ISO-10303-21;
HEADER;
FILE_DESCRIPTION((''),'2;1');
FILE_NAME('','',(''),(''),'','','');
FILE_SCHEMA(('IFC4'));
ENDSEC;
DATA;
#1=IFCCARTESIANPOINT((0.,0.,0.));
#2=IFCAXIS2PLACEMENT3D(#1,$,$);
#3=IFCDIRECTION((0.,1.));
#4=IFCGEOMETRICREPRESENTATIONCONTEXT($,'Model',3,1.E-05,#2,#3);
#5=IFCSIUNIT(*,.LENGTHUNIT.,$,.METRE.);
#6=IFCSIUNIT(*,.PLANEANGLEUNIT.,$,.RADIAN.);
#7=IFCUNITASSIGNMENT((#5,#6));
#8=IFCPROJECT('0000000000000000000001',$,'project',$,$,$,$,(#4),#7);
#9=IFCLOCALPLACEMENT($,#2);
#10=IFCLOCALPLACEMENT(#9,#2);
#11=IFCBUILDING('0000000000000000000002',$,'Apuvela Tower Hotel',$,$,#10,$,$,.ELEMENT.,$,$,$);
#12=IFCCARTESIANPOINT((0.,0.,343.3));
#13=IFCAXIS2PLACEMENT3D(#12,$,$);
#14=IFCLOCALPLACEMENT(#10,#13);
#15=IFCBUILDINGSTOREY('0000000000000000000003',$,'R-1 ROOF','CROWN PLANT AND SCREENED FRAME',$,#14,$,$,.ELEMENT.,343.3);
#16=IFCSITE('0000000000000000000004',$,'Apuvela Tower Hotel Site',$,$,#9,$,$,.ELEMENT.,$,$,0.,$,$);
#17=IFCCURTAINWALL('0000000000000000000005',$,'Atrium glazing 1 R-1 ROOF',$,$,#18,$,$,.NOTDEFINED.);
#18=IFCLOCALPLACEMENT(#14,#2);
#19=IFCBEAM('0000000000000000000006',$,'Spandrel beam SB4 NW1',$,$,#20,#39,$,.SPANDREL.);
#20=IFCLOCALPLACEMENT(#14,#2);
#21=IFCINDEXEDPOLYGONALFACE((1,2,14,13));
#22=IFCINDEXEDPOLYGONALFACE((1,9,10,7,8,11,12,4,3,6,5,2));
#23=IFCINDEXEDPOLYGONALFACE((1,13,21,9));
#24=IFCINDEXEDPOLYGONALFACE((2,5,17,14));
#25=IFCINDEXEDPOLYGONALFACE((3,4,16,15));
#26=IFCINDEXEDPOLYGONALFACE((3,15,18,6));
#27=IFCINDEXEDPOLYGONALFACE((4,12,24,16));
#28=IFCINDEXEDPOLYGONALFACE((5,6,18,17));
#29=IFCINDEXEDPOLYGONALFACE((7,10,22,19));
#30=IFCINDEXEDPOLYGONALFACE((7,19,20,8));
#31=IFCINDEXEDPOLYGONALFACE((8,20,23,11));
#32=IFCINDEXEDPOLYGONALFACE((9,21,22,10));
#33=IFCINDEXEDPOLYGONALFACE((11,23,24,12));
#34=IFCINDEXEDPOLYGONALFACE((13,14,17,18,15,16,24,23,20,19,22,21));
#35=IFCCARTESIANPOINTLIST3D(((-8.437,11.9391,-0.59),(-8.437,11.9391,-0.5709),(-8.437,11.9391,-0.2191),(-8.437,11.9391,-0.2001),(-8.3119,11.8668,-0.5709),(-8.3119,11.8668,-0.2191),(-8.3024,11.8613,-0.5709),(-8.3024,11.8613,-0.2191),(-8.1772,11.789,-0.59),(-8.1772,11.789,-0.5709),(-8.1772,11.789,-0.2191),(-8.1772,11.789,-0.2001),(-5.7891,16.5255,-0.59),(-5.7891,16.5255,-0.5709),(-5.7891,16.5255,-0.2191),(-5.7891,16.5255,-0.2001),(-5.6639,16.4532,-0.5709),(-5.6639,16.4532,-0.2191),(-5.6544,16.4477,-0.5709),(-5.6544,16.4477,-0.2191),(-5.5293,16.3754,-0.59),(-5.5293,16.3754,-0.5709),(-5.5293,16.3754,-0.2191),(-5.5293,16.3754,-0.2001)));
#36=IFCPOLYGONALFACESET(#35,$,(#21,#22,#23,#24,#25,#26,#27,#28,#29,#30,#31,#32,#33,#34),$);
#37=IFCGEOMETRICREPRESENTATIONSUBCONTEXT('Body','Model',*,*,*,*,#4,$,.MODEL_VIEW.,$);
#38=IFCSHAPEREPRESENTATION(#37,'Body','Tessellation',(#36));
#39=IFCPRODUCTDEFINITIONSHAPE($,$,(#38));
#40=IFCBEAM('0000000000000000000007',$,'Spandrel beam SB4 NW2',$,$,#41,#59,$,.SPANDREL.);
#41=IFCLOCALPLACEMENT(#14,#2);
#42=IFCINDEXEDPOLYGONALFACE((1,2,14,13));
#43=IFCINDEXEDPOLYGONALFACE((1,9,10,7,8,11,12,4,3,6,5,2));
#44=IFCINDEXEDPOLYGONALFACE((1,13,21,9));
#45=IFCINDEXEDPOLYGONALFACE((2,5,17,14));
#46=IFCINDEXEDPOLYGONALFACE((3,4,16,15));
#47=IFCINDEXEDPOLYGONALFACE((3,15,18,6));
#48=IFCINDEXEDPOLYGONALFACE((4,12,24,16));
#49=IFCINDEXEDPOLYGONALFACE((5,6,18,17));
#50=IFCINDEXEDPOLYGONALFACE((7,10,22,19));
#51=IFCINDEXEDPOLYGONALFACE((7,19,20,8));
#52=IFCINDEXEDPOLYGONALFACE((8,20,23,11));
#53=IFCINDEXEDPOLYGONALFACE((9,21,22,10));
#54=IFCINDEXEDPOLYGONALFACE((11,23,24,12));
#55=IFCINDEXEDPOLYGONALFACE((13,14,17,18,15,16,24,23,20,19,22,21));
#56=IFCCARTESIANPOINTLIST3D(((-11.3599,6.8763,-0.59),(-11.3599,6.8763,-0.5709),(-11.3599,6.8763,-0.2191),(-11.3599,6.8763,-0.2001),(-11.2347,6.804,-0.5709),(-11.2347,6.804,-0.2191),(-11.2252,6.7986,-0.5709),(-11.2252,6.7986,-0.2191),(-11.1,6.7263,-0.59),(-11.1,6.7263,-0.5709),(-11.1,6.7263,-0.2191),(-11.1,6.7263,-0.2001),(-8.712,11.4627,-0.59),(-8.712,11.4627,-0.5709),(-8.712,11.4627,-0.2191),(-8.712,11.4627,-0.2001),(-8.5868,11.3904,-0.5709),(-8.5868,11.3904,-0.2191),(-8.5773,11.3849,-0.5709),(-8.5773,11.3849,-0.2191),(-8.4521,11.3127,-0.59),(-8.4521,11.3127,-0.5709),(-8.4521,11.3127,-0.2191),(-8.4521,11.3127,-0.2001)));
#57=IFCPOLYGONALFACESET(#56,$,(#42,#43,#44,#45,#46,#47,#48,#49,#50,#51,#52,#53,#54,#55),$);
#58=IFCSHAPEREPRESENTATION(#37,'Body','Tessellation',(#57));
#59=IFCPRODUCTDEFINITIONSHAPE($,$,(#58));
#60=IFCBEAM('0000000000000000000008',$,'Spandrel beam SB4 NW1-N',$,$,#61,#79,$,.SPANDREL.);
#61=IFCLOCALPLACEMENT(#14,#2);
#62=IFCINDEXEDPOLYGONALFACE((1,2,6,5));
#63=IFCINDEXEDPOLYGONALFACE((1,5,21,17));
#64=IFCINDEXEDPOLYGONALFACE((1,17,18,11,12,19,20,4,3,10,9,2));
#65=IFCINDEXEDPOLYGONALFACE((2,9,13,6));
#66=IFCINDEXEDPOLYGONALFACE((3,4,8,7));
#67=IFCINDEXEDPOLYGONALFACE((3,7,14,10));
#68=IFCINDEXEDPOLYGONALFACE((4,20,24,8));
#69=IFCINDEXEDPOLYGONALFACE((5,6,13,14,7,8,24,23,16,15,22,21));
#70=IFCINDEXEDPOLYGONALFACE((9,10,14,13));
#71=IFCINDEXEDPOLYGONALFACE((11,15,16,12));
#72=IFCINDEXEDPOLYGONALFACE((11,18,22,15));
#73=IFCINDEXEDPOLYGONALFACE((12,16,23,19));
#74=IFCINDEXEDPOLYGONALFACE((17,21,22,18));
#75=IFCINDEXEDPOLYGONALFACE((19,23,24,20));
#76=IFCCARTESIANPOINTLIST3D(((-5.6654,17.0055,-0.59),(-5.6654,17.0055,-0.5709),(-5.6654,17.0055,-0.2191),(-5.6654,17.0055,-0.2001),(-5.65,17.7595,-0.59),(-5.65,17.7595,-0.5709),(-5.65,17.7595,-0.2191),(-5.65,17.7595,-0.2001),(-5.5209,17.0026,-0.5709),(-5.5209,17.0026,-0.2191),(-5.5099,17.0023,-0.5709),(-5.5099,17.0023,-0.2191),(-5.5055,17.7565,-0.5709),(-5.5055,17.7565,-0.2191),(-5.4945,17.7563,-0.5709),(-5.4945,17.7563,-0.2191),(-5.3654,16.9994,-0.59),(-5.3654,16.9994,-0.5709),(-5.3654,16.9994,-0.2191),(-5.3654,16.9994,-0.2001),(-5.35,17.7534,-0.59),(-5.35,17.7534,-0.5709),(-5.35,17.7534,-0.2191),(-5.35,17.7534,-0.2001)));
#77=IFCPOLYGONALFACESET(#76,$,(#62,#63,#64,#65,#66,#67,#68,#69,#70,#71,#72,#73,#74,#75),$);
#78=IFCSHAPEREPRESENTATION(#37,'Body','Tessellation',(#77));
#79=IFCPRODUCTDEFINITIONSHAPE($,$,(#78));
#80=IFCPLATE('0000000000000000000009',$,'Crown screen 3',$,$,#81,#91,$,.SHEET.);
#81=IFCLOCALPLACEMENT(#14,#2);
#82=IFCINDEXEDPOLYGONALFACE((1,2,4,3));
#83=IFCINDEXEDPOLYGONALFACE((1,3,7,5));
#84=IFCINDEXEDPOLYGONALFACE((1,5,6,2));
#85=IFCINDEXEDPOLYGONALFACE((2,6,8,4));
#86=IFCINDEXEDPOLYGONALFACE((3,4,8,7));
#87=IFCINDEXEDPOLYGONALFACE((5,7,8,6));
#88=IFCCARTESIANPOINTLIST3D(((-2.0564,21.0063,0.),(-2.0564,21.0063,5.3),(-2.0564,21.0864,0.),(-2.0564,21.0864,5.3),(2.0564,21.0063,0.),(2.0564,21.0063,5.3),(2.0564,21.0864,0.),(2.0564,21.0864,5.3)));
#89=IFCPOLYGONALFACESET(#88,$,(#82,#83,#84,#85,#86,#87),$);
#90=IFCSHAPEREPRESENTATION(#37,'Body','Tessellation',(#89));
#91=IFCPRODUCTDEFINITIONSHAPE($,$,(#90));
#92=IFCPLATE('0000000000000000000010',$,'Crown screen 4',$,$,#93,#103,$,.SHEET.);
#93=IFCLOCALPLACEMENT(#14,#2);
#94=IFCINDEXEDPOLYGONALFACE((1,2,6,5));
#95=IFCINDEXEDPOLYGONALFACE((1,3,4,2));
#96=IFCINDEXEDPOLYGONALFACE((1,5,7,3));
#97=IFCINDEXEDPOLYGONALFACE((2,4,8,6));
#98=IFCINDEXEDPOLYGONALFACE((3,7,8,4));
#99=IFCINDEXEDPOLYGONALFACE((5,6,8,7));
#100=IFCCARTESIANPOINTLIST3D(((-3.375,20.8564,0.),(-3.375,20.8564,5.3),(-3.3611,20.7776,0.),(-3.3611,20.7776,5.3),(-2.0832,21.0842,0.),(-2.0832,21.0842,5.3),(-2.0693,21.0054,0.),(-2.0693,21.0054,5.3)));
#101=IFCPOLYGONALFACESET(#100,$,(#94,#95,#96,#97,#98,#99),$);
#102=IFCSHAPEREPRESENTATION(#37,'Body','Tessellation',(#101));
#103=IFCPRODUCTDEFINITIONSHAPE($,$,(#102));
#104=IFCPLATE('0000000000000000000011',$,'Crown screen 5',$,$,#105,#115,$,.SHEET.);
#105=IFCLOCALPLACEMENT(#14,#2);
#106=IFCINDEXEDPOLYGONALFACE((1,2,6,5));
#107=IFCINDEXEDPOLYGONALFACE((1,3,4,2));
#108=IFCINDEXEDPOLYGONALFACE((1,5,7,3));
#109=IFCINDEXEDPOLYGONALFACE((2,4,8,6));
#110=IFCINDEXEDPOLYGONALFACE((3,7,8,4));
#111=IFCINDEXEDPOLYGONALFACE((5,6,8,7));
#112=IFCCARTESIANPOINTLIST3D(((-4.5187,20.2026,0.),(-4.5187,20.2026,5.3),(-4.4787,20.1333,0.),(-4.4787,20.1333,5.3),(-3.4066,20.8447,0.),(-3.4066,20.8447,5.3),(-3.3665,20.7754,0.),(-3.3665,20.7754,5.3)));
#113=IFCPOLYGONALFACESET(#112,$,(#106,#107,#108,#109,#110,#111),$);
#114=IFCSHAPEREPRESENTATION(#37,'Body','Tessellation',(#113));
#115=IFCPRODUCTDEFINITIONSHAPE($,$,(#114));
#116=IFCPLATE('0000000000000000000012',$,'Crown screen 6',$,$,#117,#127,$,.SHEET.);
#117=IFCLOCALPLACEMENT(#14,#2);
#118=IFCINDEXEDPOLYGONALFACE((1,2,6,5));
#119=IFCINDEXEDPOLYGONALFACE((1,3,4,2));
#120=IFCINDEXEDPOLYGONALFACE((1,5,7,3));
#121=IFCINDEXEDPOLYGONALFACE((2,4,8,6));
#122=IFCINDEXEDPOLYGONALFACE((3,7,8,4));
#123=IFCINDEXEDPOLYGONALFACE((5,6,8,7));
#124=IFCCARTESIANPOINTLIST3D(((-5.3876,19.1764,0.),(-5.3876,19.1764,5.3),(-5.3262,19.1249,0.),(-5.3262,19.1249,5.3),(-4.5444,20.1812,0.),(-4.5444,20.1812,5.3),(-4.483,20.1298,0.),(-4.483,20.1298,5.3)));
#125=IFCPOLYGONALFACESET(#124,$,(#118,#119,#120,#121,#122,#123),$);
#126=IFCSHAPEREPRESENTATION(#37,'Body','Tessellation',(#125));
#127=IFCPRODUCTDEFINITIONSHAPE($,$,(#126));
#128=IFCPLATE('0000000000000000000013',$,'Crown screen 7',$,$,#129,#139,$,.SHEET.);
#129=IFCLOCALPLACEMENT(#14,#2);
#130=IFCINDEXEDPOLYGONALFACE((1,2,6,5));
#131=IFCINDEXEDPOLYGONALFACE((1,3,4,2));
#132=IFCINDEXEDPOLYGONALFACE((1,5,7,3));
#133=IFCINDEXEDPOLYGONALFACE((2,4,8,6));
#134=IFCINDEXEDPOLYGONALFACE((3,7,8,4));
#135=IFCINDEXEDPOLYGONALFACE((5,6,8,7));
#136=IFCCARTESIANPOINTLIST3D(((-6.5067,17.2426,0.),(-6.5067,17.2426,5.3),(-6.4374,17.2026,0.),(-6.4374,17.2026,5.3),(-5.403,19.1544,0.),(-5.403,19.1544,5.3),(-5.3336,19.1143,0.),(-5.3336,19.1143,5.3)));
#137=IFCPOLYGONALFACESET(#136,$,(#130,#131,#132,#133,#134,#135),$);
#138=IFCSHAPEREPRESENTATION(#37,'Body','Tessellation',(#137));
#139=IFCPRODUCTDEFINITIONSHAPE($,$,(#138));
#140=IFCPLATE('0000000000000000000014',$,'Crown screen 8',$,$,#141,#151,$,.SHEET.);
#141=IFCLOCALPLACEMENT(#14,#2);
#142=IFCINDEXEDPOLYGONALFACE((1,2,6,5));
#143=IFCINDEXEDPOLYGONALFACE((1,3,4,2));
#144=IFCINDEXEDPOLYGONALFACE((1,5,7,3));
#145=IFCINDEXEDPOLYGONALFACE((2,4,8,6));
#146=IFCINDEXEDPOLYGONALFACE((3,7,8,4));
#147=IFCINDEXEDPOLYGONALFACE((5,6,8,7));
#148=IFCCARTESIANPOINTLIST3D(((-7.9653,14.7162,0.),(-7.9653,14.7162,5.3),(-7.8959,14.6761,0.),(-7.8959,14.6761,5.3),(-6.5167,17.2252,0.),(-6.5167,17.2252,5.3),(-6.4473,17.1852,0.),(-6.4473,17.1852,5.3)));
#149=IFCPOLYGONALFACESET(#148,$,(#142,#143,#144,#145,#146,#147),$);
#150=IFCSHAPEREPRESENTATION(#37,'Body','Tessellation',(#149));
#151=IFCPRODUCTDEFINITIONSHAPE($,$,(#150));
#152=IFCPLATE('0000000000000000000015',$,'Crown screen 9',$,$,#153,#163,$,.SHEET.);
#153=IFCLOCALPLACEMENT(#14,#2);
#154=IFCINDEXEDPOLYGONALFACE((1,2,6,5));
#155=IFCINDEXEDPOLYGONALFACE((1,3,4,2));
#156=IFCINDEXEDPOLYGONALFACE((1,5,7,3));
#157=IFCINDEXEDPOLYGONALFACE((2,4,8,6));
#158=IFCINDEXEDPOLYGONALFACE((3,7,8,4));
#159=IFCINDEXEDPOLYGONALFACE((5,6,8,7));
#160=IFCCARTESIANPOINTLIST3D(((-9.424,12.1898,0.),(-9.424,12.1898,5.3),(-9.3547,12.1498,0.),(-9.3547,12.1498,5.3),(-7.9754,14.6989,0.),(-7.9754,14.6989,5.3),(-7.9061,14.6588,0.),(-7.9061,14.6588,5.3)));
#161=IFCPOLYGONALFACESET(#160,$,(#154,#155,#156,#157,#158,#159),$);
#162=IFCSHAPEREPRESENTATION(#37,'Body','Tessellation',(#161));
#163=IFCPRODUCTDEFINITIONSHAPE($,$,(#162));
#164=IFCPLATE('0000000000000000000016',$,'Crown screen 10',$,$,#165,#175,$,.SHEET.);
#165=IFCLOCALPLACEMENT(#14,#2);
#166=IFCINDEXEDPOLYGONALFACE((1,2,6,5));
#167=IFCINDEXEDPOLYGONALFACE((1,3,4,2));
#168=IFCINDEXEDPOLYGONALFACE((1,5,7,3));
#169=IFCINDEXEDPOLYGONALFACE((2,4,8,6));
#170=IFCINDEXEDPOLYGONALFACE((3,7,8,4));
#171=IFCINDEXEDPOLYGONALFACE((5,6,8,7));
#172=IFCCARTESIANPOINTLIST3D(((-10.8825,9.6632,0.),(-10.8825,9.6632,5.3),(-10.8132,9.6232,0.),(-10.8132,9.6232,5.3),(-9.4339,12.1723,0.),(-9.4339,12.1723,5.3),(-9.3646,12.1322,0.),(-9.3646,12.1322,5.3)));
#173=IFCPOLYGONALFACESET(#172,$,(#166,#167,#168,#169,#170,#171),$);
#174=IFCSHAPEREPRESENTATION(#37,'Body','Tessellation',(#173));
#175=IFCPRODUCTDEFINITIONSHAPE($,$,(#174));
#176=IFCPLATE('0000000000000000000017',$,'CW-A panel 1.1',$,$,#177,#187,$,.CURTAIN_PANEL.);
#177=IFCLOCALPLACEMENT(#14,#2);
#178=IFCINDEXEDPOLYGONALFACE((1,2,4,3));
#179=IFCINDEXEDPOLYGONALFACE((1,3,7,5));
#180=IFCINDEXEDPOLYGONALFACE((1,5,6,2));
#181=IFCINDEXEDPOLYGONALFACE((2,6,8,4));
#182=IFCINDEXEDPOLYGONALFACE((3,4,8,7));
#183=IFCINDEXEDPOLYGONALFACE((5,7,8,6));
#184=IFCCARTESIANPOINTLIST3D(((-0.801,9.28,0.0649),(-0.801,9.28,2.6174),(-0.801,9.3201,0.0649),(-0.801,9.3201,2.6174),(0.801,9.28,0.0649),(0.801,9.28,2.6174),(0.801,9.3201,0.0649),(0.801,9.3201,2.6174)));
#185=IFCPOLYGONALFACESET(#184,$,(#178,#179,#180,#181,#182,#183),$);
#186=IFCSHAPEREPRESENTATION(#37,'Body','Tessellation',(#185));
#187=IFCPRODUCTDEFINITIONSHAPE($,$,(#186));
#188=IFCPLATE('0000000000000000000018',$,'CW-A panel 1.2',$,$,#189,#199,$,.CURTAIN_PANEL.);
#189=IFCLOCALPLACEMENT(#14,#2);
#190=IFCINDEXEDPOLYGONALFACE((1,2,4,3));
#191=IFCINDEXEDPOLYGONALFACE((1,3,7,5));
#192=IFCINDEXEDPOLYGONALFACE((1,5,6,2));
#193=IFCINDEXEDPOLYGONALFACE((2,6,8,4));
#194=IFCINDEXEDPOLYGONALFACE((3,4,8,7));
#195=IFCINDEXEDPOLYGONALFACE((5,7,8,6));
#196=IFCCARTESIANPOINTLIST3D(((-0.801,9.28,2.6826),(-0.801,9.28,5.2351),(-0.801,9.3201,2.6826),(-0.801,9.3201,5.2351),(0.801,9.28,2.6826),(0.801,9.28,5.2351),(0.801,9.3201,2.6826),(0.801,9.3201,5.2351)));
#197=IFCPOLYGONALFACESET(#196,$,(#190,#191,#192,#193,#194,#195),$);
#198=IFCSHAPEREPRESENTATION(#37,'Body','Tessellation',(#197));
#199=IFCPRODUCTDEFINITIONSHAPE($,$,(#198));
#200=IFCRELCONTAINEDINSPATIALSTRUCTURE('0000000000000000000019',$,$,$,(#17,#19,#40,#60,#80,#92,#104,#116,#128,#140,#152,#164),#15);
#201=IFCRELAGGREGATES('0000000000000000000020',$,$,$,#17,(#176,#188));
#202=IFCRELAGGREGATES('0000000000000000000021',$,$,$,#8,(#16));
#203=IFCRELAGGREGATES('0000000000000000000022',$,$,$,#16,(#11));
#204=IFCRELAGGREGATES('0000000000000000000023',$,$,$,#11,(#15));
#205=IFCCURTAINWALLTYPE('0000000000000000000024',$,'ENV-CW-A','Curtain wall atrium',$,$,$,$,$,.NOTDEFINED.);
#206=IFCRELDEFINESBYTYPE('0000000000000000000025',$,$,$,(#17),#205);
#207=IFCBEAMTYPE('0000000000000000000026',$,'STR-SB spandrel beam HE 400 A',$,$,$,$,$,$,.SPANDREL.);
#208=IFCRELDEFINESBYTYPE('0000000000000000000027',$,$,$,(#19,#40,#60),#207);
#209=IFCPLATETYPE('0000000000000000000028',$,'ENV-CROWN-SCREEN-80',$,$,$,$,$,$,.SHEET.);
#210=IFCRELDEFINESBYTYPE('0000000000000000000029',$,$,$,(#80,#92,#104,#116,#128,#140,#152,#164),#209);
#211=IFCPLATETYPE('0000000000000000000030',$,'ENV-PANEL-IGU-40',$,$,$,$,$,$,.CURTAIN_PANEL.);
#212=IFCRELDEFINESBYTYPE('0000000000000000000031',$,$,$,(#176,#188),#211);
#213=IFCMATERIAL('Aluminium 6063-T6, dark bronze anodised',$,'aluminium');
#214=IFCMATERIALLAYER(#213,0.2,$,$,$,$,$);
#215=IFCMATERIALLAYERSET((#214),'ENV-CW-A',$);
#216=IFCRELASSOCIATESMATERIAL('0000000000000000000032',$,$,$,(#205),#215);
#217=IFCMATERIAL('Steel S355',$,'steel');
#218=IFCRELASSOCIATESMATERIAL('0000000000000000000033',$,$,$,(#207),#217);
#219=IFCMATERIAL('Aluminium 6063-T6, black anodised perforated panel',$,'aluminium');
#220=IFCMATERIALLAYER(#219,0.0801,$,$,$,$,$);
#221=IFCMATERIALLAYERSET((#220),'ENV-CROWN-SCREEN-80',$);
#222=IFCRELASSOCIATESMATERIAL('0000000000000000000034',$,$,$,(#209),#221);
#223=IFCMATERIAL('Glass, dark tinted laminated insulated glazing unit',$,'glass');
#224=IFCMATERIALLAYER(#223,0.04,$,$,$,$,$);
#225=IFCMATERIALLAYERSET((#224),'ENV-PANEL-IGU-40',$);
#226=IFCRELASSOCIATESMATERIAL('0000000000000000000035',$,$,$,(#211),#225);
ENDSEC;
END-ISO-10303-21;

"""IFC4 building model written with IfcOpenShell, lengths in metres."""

from ifc_helpers import new_model, si_unit, direction, frame, origin, origin_2d, place, context, subcontext, project, spatial, rectangle, i_section, extrude, material, layer, layer_set, material_profile, profile_set, type_object, element, aggregate, save


model = new_model("IFC4")

# Units and contexts
model_context = context("Model", 3, precision=1e-05, world=origin(), true_north=direction((0.0, 1.0)))
body_context = subcontext(model_context, "Body", "Model", "MODEL_VIEW")
ifc_project = project(units=[si_unit("LENGTHUNIT", "METRE"), si_unit("PLANEANGLEUNIT", "RADIAN")], contexts=[model_context])

# Site, building, storey
site_placement = place(None, origin())
site = spatial("IfcSite", under=ifc_project, at=site_placement, Name="Apuvela Tower Hotel Site", CompositionType="ELEMENT", RefElevation=0.0)
building_placement = place(site_placement, origin())
building = spatial("IfcBuilding", under=site, at=building_placement, Name="Apuvela Tower Hotel", CompositionType="ELEMENT")
storey_placement = place(building_placement, frame((0.0, 0.0, 343.3)))
storey = spatial("IfcBuildingStorey", under=building, at=storey_placement, Name="R-1 ROOF", Description="CROWN PLANT AND SCREENED FRAME", CompositionType="ELEMENT", Elevation=343.3)

# Curtain wall
ifc_material_1 = material(Name="Aluminium 6063-T6, dark bronze anodised", Category="aluminium")
ifc_layer_1 = layer(ifc_material_1, 0.2)
ifc_layer_set_1 = layer_set([ifc_layer_1], Name="ENV-CW-A")
curtain_wall_type = type_object("IfcCurtainWallType", Name="ENV-CW-A", Description="Curtain wall atrium", PredefinedType="NOTDEFINED", material=ifc_layer_set_1)
curtain_wall_1_placement = place(storey_placement, origin())
curtain_wall_1 = element("IfcCurtainWall", 1, at=curtain_wall_1_placement, inside=storey, type_object=curtain_wall_type, Name="Atrium glazing 1 R-1 ROOF", PredefinedType="NOTDEFINED")

# Beams
ifc_material_2 = material(Name="Steel S355", Category="steel")
ifc_material_profile_1 = material_profile(ifc_material_2, i_section(OverallWidth=0.3, OverallDepth=0.3899, WebThickness=0.011, FlangeThickness=0.019, at=origin_2d()), Name="HE 400 A")
ifc_profile_set_1 = profile_set([ifc_material_profile_1], Name="Steel S355")
beam_type_1 = type_object("IfcBeamType", Name="STR-SB spandrel beam HE 400 A", PredefinedType="SPANDREL", material=ifc_profile_set_1)
for number, where, z_axis, x_axis, name in (
    (2, (-5.6592, 16.4504, -0.395), (-0.499996, -0.866027, 0.0), (0.866027, -0.499996, 0.0), "Spandrel beam SB4 NW1"),
    (3, (-8.582, 11.3877, -0.395), (-0.499996, -0.866027, 0.0), (0.866027, -0.499996, 0.0), "Spandrel beam SB4 NW2"),
):
    element("IfcBeam", number, at=place(storey_placement, frame(where, z_axis=z_axis, x_axis=x_axis)), inside=storey, type_object=beam_type_1, Name=name, PredefinedType="SPANDREL", context=body_context, shape_type="SweptSolid", body=[
        extrude(i_section(OverallWidth=0.3, OverallDepth=0.3899, WebThickness=0.011, FlangeThickness=0.019, at=origin_2d()), origin(), (0.0, 0.0, 1.0), 5.2959),
    ])
beam_1_placement = place(storey_placement, frame((-5.5154, 17.0024, -0.395), z_axis=(0.020397, 0.999792, 0.0), x_axis=(-0.999792, 0.020397, 0.0)))
element("IfcBeam", 4, at=beam_1_placement, inside=storey, type_object=beam_type_1, Name="Spandrel beam SB4 NW1-N", PredefinedType="SPANDREL", context=body_context, shape_type="SweptSolid", body=[
    extrude(i_section(OverallWidth=0.3, OverallDepth=0.3899, WebThickness=0.011, FlangeThickness=0.019, at=origin_2d()), origin(), (0.0, 0.0, 1.0), 0.7542),
])

# Plates
ifc_material_3 = material(Name="Aluminium 6063-T6, black anodised perforated panel", Category="aluminium")
ifc_layer_2 = layer(ifc_material_3, 0.0801)
ifc_layer_set_2 = layer_set([ifc_layer_2], Name="ENV-CROWN-SCREEN-80")
plate_type_1 = type_object("IfcPlateType", Name="ENV-CROWN-SCREEN-80", PredefinedType="SHEET", material=ifc_layer_set_2)
plate_1_placement = place(storey_placement, frame((0.0, 21.0464, 0.0), z_axis=(0.0, 0.0, 1.0), x_axis=(-1.0, 0.0, 0.0)))
element("IfcPlate", 5, at=plate_1_placement, inside=storey, type_object=plate_type_1, Name="Crown screen 3", PredefinedType="SHEET", context=body_context, shape_type="SweptSolid", body=[
    extrude(rectangle(XDim=4.1128, YDim=0.0801, at=origin_2d()), origin(), (0.0, 0.0, 1.0), 5.3),
])
plate_2_placement = place(storey_placement, frame((-2.7222, 20.9309, 0.0), z_axis=(0.0, 0.0, 1.0), x_axis=(-0.984808, -0.173648, 0.0)))
element("IfcPlate", 6, at=plate_2_placement, inside=storey, type_object=plate_type_1, Name="Crown screen 4", PredefinedType="SHEET", context=body_context, shape_type="SweptSolid", body=[
    extrude(rectangle(XDim=1.3118, YDim=0.0801, at=origin_2d()), origin(), (0.0, 0.0, 1.0), 5.3),
])
plate_3_placement = place(storey_placement, frame((-3.9426, 20.489, 0.0), z_axis=(0.0, 0.0, 1.0), x_axis=(-0.866025, -0.5, 0.0)))
element("IfcPlate", 7, at=plate_3_placement, inside=storey, type_object=plate_type_1, Name="Crown screen 5", PredefinedType="SHEET", context=body_context, shape_type="SweptSolid", body=[
    extrude(rectangle(XDim=1.2842, YDim=0.0801, at=origin_2d()), origin(), (0.0, 0.0, 1.0), 5.3),
])
plate_4_placement = place(storey_placement, frame((-4.9353, 19.6531, 0.0), z_axis=(0.0, 0.0, 1.0), x_axis=(-0.642788, -0.766044, 0.0)))
element("IfcPlate", 8, at=plate_4_placement, inside=storey, type_object=plate_type_1, Name="Crown screen 6", PredefinedType="SHEET", context=body_context, shape_type="SweptSolid", body=[
    extrude(rectangle(XDim=1.3118, YDim=0.0801, at=origin_2d()), origin(), (0.0, 0.0, 1.0), 5.3),
])
plate_5_placement = place(storey_placement, frame((-5.9202, 18.1785, 0.0), z_axis=(0.0, 0.0, 1.0), x_axis=(-0.5, -0.866025, 0.0)))
element("IfcPlate", 9, at=plate_5_placement, inside=storey, type_object=plate_type_1, Name="Crown screen 7", PredefinedType="SHEET", context=body_context, shape_type="SweptSolid", body=[
    extrude(rectangle(XDim=2.2075, YDim=0.0801, at=origin_2d()), origin(), (0.0, 0.0, 1.0), 5.3),
])
for number, where, z_axis, x_axis, name in (
    (10, (-7.2063, 15.9507, 0.0), (0.0, 0.0, 1.0), (-0.5, -0.866025, 0.0), "Crown screen 8"),
    (11, (-8.665, 13.4243, 0.0), (0.0, 0.0, 1.0), (-0.5, -0.866025, 0.0), "Crown screen 9"),
    (12, (-10.1235, 10.8977, 0.0), (0.0, 0.0, 1.0), (-0.5, -0.866025, 0.0), "Crown screen 10"),
):
    element("IfcPlate", number, at=place(storey_placement, frame(where, z_axis=z_axis, x_axis=x_axis)), inside=storey, type_object=plate_type_1, Name=name, PredefinedType="SHEET", context=body_context, shape_type="SweptSolid", body=[
        extrude(rectangle(XDim=2.8972, YDim=0.0801, at=origin_2d()), origin(), (0.0, 0.0, 1.0), 5.3),
    ])

# Plates
ifc_material_4 = material(Name="Glass, dark tinted laminated insulated glazing unit", Category="glass")
ifc_layer_3 = layer(ifc_material_4, 0.04)
ifc_layer_set_3 = layer_set([ifc_layer_3], Name="ENV-PANEL-IGU-40")
plate_type_2 = type_object("IfcPlateType", Name="ENV-PANEL-IGU-40", PredefinedType="CURTAIN_PANEL", material=ifc_layer_set_3)
plate_6_placement = place(storey_placement, frame((0.0, 9.3, 0.0649), z_axis=(0.0, 0.0, 1.0), x_axis=(-1.0, 0.0, 0.0)))
plate_6 = element("IfcPlate", 13, at=plate_6_placement, type_object=plate_type_2, Name="CW-A panel 1.1", PredefinedType="CURTAIN_PANEL", context=body_context, shape_type="SweptSolid", body=[
    extrude(rectangle(XDim=1.6021, YDim=0.04, at=origin_2d()), origin(), (0.0, 0.0, 1.0), 2.5525),
])
plate_7_placement = place(storey_placement, frame((0.0, 9.3, 2.6826), z_axis=(0.0, 0.0, 1.0), x_axis=(-1.0, 0.0, 0.0)))
plate_7 = element("IfcPlate", 14, at=plate_7_placement, type_object=plate_type_2, Name="CW-A panel 1.2", PredefinedType="CURTAIN_PANEL", context=body_context, shape_type="SweptSolid", body=[
    extrude(rectangle(XDim=1.6021, YDim=0.04, at=origin_2d()), origin(), (0.0, 0.0, 1.0), 2.5525),
])
aggregate(curtain_wall_1, [plate_6, plate_7])

save(model, "model.ifc")
